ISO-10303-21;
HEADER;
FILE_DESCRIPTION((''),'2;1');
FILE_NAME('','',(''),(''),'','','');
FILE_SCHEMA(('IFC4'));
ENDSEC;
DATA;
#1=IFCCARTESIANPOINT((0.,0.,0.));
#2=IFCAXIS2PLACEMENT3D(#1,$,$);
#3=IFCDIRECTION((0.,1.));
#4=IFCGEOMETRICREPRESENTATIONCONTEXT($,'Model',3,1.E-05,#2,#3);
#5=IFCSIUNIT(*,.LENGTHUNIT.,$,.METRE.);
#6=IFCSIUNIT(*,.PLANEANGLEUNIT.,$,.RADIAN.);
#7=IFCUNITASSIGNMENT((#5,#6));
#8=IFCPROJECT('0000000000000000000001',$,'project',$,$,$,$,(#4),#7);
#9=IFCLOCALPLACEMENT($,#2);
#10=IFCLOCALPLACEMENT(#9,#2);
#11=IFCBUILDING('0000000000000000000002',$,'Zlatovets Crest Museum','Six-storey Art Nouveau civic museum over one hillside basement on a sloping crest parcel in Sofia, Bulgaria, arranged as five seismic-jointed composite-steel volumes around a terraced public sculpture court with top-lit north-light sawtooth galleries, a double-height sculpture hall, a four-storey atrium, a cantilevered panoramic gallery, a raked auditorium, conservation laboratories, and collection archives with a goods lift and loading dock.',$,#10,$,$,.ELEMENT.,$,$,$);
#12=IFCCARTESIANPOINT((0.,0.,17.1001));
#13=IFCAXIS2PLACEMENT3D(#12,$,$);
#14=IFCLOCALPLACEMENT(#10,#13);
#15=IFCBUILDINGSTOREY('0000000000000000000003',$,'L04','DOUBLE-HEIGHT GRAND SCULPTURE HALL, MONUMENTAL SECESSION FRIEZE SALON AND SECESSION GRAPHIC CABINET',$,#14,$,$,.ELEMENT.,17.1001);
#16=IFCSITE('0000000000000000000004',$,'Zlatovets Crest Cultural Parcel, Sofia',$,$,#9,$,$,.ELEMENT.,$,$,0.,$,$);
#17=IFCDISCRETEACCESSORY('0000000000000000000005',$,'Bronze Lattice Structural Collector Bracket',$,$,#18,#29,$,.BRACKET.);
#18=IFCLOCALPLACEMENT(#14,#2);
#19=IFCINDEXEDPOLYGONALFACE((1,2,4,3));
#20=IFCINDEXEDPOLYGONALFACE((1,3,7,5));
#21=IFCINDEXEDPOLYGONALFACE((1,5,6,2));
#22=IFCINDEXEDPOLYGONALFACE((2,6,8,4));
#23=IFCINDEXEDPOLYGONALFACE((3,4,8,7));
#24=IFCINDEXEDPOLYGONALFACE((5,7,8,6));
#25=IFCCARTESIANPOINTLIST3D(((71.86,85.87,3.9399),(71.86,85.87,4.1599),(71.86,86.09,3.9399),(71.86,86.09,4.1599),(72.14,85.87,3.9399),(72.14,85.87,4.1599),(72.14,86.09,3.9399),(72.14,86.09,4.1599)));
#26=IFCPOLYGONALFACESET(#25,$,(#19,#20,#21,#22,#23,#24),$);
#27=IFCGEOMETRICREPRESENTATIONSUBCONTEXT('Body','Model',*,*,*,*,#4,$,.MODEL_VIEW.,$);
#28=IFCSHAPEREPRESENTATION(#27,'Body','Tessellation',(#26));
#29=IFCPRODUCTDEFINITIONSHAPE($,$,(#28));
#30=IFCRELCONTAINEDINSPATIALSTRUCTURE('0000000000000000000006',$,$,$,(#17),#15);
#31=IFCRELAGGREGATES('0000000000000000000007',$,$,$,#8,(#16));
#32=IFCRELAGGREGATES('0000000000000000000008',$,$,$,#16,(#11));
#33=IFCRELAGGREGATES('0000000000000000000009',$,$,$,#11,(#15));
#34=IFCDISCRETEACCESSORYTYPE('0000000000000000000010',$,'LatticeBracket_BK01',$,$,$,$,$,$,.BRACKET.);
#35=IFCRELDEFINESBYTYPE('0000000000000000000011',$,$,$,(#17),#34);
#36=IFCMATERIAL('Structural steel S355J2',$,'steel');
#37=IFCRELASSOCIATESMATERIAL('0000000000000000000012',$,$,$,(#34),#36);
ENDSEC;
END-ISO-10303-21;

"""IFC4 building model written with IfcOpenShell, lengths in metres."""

from ifc_helpers import new_model, si_unit, direction, frame, origin, origin_2d, place, context, subcontext, project, spatial, rectangle, extrude, material, type_object, element, save


model = new_model("IFC4")

# Units and contexts
model_context = context("Model", 3, precision=1e-05, world=origin(), true_north=direction((0.0, 1.0)))
body_context = subcontext(model_context, "Body", "Model", "MODEL_VIEW")
ifc_project = project(units=[si_unit("LENGTHUNIT", "METRE"), si_unit("PLANEANGLEUNIT", "RADIAN")], contexts=[model_context])

# Site, building, storey
site_placement = place(None, origin())
site = spatial("IfcSite", under=ifc_project, at=site_placement, Name="Zlatovets Crest Cultural Parcel, Sofia", CompositionType="ELEMENT", RefElevation=0.0)
building_placement = place(site_placement, origin())
building = spatial("IfcBuilding", under=site, at=building_placement, Name="Zlatovets Crest Museum", Description="Six-storey Art Nouveau civic museum over one hillside basement on a sloping crest parcel in Sofia, Bulgaria, arranged as five seismic-jointed composite-steel volumes around a terraced public sculpture court with top-lit north-light sawtooth galleries, a double-height sculpture hall, a four-storey atrium, a cantilevered panoramic gallery, a raked auditorium, conservation laboratories, and collection archives with a goods lift and loading dock.", CompositionType="ELEMENT")
storey_placement = place(building_placement, frame((0.0, 0.0, 17.1001)))
storey = spatial("IfcBuildingStorey", under=building, at=storey_placement, Name="L04", Description="DOUBLE-HEIGHT GRAND SCULPTURE HALL, MONUMENTAL SECESSION FRIEZE SALON AND SECESSION GRAPHIC CABINET", CompositionType="ELEMENT", Elevation=17.1001)

# Shared definitions
ifc_material_1 = material(Name="Structural steel S355J2", Category="steel")

# Discrete accessory
discrete_accessory_type = type_object("IfcDiscreteAccessoryType", Name="LatticeBracket_BK01", PredefinedType="BRACKET", material=ifc_material_1)
for number, where, z_axis, x_axis, name in (
    (1, (72.0, 85.98, 3.9399), (0.0, 0.0, 1.0), (1.0, 0.0, 0.0), "Bronze Lattice Structural Collector Bracket"),
):
    element("IfcDiscreteAccessory", number, at=place(storey_placement, frame(where, z_axis=z_axis, x_axis=x_axis)), inside=storey, type_object=discrete_accessory_type, Name=name, PredefinedType="BRACKET", context=body_context, shape_type="SweptSolid", body=[
        extrude(rectangle(XDim=0.28, YDim=0.22, at=origin_2d()), origin(), (0.0, 0.0, 1.0), 0.22),
    ])

save(model, "model.ifc")
